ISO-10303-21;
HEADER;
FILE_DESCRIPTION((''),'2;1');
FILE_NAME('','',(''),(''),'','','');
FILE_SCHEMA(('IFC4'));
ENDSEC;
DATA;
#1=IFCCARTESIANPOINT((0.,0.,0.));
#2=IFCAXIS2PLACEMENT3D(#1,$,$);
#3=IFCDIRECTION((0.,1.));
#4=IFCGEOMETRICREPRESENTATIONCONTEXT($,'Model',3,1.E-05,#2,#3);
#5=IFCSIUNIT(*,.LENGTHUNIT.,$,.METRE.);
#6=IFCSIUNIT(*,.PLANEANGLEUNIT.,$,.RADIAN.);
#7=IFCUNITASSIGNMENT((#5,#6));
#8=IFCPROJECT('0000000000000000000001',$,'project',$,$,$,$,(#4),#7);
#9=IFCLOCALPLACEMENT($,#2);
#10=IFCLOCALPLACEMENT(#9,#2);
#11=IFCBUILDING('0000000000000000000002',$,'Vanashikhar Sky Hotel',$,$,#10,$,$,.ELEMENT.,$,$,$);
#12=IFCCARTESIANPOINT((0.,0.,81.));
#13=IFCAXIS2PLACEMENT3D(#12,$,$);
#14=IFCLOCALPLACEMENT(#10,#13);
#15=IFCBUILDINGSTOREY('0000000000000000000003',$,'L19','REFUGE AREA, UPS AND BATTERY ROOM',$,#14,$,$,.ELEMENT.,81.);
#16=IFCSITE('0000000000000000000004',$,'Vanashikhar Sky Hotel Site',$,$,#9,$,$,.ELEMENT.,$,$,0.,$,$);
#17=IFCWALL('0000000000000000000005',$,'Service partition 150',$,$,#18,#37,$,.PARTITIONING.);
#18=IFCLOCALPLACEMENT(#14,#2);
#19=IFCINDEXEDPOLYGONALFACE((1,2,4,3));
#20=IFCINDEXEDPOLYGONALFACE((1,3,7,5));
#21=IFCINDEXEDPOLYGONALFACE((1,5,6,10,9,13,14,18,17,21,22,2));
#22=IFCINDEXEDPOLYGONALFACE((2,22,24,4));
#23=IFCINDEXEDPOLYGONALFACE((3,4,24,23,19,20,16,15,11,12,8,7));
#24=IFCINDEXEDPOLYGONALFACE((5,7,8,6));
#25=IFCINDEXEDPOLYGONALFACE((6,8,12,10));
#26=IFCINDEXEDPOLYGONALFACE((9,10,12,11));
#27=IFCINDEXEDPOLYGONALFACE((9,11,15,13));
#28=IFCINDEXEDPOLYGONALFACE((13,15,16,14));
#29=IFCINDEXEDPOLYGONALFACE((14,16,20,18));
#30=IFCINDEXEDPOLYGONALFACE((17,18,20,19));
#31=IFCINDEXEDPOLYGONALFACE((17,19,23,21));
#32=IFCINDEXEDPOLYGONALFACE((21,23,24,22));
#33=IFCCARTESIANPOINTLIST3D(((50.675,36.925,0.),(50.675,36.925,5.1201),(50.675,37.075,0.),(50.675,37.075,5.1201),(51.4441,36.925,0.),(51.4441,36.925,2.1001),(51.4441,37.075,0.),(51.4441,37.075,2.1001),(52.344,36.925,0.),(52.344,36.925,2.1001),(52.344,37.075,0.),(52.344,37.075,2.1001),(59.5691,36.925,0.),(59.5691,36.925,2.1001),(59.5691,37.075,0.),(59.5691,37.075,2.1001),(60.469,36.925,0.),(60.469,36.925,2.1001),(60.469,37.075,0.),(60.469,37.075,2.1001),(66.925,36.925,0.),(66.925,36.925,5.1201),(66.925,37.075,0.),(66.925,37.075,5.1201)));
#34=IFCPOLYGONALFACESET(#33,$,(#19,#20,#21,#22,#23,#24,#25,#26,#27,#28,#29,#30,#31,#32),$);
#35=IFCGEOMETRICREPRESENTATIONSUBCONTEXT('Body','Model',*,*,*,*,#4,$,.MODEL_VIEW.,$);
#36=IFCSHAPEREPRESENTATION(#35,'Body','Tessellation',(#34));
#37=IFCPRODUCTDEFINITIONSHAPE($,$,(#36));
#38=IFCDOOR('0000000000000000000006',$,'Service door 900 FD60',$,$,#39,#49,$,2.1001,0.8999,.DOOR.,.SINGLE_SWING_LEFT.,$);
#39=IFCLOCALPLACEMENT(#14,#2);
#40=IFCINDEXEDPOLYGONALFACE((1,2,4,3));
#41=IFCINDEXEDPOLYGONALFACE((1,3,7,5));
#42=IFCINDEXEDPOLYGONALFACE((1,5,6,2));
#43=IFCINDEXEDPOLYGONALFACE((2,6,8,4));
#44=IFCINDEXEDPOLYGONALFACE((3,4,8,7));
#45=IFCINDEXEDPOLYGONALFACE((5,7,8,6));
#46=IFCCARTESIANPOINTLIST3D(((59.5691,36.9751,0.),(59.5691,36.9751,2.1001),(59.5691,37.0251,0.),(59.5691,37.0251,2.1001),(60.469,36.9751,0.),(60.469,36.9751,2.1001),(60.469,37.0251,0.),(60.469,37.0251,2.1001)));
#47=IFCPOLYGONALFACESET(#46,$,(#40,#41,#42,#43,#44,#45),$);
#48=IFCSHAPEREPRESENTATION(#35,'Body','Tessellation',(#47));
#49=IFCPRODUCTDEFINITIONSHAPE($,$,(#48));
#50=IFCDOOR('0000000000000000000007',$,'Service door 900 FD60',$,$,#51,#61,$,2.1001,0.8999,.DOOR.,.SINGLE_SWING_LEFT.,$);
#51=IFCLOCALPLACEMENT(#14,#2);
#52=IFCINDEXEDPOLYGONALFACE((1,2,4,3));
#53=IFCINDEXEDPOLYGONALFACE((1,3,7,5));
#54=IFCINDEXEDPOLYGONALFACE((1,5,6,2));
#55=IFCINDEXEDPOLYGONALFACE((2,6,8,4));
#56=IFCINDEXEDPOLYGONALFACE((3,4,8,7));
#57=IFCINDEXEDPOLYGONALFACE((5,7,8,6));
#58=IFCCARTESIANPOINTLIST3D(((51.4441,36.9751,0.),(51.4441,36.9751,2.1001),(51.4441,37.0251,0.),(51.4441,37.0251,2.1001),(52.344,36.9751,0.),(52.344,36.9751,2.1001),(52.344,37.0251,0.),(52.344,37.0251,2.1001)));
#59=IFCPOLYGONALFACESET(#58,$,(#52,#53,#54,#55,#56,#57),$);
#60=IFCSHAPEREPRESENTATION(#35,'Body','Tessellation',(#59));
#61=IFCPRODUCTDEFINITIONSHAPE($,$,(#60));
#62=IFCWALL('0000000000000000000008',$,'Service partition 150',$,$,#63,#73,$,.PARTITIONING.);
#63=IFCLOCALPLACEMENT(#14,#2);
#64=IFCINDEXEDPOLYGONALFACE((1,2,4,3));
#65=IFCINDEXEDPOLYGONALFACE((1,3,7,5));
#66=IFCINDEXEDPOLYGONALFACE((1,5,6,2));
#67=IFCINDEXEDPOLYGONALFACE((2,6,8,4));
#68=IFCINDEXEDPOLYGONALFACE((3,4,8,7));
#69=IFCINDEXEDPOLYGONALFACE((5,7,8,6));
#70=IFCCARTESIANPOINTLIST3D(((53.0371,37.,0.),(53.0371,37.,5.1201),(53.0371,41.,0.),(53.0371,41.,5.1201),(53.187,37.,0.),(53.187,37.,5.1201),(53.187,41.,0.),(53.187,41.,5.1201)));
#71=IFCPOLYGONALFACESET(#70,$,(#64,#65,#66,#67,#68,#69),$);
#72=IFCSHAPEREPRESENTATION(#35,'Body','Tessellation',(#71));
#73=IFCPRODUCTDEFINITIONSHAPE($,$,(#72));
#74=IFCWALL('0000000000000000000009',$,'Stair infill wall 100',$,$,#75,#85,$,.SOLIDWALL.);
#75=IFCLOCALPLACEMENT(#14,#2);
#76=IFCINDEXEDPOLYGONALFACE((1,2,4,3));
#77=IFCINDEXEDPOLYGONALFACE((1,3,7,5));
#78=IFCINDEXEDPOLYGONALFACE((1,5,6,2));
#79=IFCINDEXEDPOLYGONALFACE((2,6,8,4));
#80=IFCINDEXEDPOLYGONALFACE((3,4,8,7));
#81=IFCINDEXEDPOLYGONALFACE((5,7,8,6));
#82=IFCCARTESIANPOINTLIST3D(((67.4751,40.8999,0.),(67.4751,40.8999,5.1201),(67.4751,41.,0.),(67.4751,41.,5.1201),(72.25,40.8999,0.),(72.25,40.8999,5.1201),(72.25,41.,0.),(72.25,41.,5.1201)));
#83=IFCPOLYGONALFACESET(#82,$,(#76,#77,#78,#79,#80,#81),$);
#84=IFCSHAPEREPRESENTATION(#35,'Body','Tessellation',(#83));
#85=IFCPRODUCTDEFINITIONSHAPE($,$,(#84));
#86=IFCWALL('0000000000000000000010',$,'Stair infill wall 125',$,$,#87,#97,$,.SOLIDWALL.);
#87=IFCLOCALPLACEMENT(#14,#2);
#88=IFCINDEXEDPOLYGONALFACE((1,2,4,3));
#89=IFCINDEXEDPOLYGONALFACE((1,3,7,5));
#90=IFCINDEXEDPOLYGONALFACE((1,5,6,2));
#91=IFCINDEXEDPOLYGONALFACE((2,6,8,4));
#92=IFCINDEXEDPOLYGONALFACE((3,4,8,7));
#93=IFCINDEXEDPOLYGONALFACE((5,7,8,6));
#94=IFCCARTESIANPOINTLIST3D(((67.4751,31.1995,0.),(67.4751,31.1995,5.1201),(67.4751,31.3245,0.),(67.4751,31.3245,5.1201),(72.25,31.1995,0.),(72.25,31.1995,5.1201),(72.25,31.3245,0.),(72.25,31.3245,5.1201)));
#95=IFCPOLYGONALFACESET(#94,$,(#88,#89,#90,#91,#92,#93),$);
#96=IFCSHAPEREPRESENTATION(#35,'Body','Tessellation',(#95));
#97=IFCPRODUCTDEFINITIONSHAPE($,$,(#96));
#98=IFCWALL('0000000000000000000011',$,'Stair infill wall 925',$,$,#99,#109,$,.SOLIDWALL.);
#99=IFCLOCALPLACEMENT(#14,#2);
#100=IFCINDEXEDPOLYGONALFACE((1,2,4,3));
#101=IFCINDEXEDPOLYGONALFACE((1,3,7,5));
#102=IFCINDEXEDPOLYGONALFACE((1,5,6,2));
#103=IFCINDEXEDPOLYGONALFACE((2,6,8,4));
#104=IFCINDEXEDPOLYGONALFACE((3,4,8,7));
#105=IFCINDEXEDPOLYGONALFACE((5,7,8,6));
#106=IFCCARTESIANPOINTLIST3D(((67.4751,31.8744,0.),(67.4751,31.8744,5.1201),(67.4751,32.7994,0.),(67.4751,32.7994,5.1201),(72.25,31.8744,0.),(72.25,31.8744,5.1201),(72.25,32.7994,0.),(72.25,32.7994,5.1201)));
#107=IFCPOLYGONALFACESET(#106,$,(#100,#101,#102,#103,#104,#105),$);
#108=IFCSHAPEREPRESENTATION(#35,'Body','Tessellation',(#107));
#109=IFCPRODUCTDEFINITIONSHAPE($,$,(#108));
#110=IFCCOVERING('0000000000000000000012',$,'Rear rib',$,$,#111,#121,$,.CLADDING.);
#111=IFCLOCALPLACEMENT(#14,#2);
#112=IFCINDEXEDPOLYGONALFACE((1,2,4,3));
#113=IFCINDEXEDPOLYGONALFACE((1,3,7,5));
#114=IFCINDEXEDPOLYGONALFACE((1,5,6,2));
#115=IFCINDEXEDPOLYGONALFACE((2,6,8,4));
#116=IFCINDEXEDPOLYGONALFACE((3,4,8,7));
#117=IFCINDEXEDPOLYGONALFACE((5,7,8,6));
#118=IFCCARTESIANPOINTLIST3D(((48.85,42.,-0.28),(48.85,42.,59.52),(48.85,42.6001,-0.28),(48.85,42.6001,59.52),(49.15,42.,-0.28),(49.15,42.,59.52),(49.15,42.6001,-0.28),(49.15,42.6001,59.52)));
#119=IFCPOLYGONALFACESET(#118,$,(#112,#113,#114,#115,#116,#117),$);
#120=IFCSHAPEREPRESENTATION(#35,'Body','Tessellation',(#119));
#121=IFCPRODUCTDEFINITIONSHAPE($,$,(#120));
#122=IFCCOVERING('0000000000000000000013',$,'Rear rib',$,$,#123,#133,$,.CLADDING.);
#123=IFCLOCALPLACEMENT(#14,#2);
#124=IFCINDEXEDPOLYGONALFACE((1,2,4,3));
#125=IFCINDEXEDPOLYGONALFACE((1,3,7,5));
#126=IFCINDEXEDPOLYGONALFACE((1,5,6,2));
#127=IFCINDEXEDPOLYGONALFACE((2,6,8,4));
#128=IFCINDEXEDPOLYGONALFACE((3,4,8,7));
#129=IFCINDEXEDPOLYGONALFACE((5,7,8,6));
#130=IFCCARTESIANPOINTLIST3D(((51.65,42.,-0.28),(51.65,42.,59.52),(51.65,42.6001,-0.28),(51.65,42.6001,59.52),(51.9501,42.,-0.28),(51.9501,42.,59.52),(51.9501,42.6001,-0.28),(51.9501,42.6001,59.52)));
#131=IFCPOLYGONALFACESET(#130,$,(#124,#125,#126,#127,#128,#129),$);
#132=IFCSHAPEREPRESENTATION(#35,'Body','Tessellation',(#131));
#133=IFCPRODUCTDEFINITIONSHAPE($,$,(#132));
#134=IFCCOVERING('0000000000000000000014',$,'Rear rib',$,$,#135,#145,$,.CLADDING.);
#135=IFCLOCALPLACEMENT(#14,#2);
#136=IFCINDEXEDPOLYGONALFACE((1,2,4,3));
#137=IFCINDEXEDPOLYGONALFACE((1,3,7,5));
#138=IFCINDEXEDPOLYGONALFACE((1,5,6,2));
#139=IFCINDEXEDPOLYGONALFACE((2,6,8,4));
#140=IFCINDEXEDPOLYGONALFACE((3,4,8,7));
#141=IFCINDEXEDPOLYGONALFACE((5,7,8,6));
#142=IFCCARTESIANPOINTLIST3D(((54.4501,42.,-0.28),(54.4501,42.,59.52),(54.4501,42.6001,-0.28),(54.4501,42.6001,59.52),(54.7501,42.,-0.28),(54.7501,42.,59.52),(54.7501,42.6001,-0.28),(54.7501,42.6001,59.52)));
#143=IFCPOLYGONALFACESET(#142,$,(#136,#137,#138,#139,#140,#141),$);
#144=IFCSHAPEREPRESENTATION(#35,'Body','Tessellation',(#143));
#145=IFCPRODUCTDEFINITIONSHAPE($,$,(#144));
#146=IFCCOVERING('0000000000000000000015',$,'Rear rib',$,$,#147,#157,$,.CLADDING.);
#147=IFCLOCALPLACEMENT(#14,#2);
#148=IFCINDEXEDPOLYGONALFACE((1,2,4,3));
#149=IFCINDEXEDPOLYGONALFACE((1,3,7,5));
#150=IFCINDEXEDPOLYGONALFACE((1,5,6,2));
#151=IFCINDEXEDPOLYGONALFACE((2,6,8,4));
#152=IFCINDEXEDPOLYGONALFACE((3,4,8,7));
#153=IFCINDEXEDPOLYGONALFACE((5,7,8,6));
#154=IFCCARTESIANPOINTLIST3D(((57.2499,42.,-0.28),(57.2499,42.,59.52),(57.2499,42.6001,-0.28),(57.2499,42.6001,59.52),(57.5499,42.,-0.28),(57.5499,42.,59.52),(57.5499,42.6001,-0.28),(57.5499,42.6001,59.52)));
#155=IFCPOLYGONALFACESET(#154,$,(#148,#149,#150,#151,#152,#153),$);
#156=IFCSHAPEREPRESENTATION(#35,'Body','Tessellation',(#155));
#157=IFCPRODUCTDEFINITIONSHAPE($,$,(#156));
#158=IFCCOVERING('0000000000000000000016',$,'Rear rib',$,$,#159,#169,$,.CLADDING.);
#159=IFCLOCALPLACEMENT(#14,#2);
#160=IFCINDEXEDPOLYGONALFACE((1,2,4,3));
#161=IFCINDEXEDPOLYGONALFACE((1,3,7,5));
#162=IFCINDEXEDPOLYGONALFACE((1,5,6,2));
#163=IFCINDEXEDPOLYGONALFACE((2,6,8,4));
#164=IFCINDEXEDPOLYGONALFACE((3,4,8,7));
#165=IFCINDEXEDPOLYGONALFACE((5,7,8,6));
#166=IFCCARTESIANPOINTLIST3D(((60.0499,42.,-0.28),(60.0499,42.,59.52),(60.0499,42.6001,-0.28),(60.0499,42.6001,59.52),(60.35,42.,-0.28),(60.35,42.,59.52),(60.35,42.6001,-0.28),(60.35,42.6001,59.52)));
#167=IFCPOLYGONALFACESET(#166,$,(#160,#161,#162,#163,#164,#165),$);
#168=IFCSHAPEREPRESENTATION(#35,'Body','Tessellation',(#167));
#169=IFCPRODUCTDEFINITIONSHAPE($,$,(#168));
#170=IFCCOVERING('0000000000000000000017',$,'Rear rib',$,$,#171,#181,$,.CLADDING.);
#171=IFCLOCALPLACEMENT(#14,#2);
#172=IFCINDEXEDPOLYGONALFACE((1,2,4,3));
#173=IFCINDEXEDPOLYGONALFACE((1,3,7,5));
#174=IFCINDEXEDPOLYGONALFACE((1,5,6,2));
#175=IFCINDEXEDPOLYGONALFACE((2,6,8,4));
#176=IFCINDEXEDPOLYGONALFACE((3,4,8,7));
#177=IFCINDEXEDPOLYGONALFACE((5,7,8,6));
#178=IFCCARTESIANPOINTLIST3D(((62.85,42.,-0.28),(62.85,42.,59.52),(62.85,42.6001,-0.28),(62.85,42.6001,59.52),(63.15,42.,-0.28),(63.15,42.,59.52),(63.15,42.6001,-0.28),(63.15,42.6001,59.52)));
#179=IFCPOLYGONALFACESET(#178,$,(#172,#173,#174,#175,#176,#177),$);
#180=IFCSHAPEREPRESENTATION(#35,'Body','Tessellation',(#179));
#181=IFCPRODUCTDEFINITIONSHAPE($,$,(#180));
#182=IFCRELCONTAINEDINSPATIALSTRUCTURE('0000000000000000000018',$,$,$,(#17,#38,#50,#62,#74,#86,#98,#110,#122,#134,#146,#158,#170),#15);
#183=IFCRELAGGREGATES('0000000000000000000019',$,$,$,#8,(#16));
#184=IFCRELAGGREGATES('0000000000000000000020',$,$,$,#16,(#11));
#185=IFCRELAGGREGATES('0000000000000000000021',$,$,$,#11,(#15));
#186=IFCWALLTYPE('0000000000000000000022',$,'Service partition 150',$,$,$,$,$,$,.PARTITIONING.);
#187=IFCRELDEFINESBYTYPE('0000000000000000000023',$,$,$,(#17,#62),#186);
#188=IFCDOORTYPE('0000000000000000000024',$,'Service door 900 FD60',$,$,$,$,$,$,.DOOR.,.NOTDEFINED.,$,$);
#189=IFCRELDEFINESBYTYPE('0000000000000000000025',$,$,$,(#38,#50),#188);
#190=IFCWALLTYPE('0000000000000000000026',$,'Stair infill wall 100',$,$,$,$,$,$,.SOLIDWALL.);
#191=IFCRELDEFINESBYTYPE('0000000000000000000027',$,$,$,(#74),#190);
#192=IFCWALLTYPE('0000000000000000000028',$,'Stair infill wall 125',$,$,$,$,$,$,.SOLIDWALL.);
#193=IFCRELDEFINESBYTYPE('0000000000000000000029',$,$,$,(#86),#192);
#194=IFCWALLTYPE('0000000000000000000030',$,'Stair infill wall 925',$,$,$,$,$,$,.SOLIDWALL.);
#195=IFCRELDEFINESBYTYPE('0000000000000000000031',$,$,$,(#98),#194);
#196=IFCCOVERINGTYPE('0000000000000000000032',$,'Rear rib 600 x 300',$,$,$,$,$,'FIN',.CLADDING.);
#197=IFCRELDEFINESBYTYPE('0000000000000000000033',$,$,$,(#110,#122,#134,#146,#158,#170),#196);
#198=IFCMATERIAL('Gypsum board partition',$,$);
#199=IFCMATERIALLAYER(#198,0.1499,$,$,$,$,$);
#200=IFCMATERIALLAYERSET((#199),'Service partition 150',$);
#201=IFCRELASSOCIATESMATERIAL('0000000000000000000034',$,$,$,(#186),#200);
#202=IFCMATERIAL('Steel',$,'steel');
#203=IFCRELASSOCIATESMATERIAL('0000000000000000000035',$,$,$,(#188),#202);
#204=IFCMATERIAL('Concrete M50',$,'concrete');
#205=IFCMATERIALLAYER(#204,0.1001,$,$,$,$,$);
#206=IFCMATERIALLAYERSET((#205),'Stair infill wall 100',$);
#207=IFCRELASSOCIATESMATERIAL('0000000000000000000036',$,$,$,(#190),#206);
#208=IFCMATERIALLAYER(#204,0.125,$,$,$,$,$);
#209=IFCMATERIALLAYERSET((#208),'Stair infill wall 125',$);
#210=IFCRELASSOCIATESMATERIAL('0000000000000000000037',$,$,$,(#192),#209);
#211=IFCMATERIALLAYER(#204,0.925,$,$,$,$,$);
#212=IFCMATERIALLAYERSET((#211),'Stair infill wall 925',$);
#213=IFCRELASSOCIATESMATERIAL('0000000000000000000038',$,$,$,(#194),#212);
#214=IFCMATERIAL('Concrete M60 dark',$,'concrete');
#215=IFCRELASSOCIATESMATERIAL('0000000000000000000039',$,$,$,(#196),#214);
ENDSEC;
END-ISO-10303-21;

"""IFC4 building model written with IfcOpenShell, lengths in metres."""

from ifc_helpers import new_model, si_unit, direction, frame, frame_2d, origin, origin_2d, place, context, subcontext, project, spatial, rectangle, extrude, source, transform, mapped, material, layer, layer_set, material_profile, profile_set, type_object, element, fill, save


model = new_model("IFC4")

# Units and contexts
model_context = context("Model", 3, precision=1e-05, world=origin(), true_north=direction((0.0, 1.0)))
body_context = subcontext(model_context, "Body", "Model", "MODEL_VIEW")
ifc_project = project(units=[si_unit("LENGTHUNIT", "METRE"), si_unit("PLANEANGLEUNIT", "RADIAN")], contexts=[model_context])

# Site, building, storey
site_placement = place(None, origin())
site = spatial("IfcSite", under=ifc_project, at=site_placement, Name="Vanashikhar Sky Hotel Site", CompositionType="ELEMENT", RefElevation=0.0)
building_placement = place(site_placement, origin())
building = spatial("IfcBuilding", under=site, at=building_placement, Name="Vanashikhar Sky Hotel", CompositionType="ELEMENT")
storey_placement = place(building_placement, frame((0.0, 0.0, 81.0)))
storey = spatial("IfcBuildingStorey", under=building, at=storey_placement, Name="L19", Description="REFUGE AREA, UPS AND BATTERY ROOM", CompositionType="ELEMENT", Elevation=81.0)

# Shared definitions
ifc_material_1 = material(Name="Steel", Category="steel")

# Shared definitions
ifc_material_2 = material(Name="Gypsum board partition")
ifc_layer_1 = layer(ifc_material_2, 0.1499)
ifc_layer_set_1 = layer_set([ifc_layer_1], Name="Service partition 150")
wall_type_1 = type_object("IfcWallType", Name="Service partition 150", PredefinedType="PARTITIONING", material=ifc_layer_set_1)

# Wall, openings, doors
shared_shape_1 = source(origin(), body_context, "Body", "SweptSolid", [
    extrude(rectangle(XDim=0.8999, YDim=2.1001, at=frame_2d((0.45, 1.05))), frame((0.0, 0.085, 0.0), z_axis=(0.0, -1.0, 0.0), x_axis=(1.0, 0.0, 0.0)), (0.0, 0.0, 1.0), 0.1699),
])
door_type_1 = type_object("IfcDoorType", Name="Service door 900 FD60", OperationType="NOTDEFINED", PredefinedType="DOOR", material=ifc_material_1)
shared_shape_2 = source(origin(), body_context, "Body", "SweptSolid", [
    extrude(rectangle(XDim=0.8999, YDim=2.1001, at=frame_2d((0.45, 1.05))), frame((0.0, 0.0249, 0.0), z_axis=(0.0, -1.0, 0.0), x_axis=(1.0, 0.0, 0.0)), (0.0, 0.0, 1.0), 0.05),
])
shared_shape_3 = source(origin(), body_context, "Body", "SweptSolid", [
    extrude(rectangle(XDim=16.25, YDim=0.1499, at=frame_2d((8.125, 0.0))), origin(), (0.0, 0.0, 1.0), 5.1201),
])
wall_1_placement = place(storey_placement, frame((66.925, 37.0, 0.0), z_axis=(0.0, 0.0, 1.0), x_axis=(-1.0, 0.0, 0.0)))
wall_1 = element("IfcWall", 1, at=wall_1_placement, inside=storey, type_object=wall_type_1, Name="Service partition 150", PredefinedType="PARTITIONING", context=body_context, shape_type="MappedRepresentation", body=[
    mapped(shared_shape_3, transform((0.0, 0.0, 0.0), scale=1.0)),
])
opening_1_placement = place(wall_1_placement, frame((6.4561, 0.0, 0.0)))
opening_1 = element("IfcOpeningElement", 2, at=opening_1_placement, cuts=wall_1, PredefinedType="OPENING", context=body_context, shape_type="MappedRepresentation", body=[
    mapped(shared_shape_1, transform((0.0, 0.0, 0.0), scale=1.0)),
])
opening_2_placement = place(wall_1_placement, frame((14.5811, 0.0, 0.0)))
opening_2 = element("IfcOpeningElement", 3, at=opening_2_placement, cuts=wall_1, PredefinedType="OPENING", context=body_context, shape_type="MappedRepresentation", body=[
    mapped(shared_shape_1, transform((0.0, 0.0, 0.0), scale=1.0)),
])
door_1_placement = place(opening_1_placement, origin())
door_1 = element("IfcDoor", 4, at=door_1_placement, inside=storey, type_object=door_type_1, Name="Service door 900 FD60", OperationType="SINGLE_SWING_LEFT", OverallHeight=2.1001, OverallWidth=0.8999, PredefinedType="DOOR", context=body_context, shape_type="MappedRepresentation", body=[
    mapped(shared_shape_2, transform((0.0, 0.0, 0.0), scale=1.0)),
])
fill(opening_1, door_1)
door_2_placement = place(opening_2_placement, origin())
door_2 = element("IfcDoor", 5, at=door_2_placement, inside=storey, type_object=door_type_1, Name="Service door 900 FD60", OperationType="SINGLE_SWING_LEFT", OverallHeight=2.1001, OverallWidth=0.8999, PredefinedType="DOOR", context=body_context, shape_type="MappedRepresentation", body=[
    mapped(shared_shape_2, transform((0.0, 0.0, 0.0), scale=1.0)),
])
fill(opening_2, door_2)

# Walls
shared_shape_4 = source(origin(), body_context, "Body", "SweptSolid", [
    extrude(rectangle(XDim=4.0, YDim=0.1499, at=frame_2d((2.0, 0.0))), origin(), (0.0, 0.0, 1.0), 5.1201),
])
wall_2_placement = place(storey_placement, frame((53.1121, 37.0, 0.0), z_axis=(0.0, 0.0, 1.0), x_axis=(0.0, 1.0, 0.0)))
element("IfcWall", 6, at=wall_2_placement, inside=storey, type_object=wall_type_1, Name="Service partition 150", PredefinedType="PARTITIONING", context=body_context, shape_type="MappedRepresentation", body=[
    mapped(shared_shape_4, transform((0.0, 0.0, 0.0), scale=1.0)),
])
ifc_material_3 = material(Name="Concrete M50", Category="concrete")
ifc_layer_2 = layer(ifc_material_3, 0.1001)
ifc_layer_set_2 = layer_set([ifc_layer_2], Name="Stair infill wall 100")
wall_type_2 = type_object("IfcWallType", Name="Stair infill wall 100", PredefinedType="SOLIDWALL", material=ifc_layer_set_2)
shared_shape_5 = source(origin(), body_context, "Body", "SweptSolid", [
    extrude(rectangle(XDim=4.7749, YDim=0.1001, at=frame_2d((2.3875, 0.0))), origin(), (0.0, 0.0, 1.0), 5.1201),
])
wall_3_placement = place(storey_placement, frame((67.4751, 40.95, 0.0), z_axis=(0.0, 0.0, 1.0), x_axis=(1.0, 0.0, 0.0)))
element("IfcWall", 7, at=wall_3_placement, inside=storey, type_object=wall_type_2, Name="Stair infill wall 100", PredefinedType="SOLIDWALL", context=body_context, shape_type="MappedRepresentation", body=[
    mapped(shared_shape_5, transform((0.0, 0.0, 0.0), scale=1.0)),
])
ifc_layer_3 = layer(ifc_material_3, 0.125)
ifc_layer_set_3 = layer_set([ifc_layer_3], Name="Stair infill wall 125")
wall_type_3 = type_object("IfcWallType", Name="Stair infill wall 125", PredefinedType="SOLIDWALL", material=ifc_layer_set_3)
shared_shape_6 = source(origin(), body_context, "Body", "SweptSolid", [
    extrude(rectangle(XDim=4.7749, YDim=0.125, at=frame_2d((2.3875, 0.0))), origin(), (0.0, 0.0, 1.0), 5.1201),
])
wall_4_placement = place(storey_placement, frame((67.4751, 31.262, 0.0), z_axis=(0.0, 0.0, 1.0), x_axis=(1.0, 0.0, 0.0)))
element("IfcWall", 8, at=wall_4_placement, inside=storey, type_object=wall_type_3, Name="Stair infill wall 125", PredefinedType="SOLIDWALL", context=body_context, shape_type="MappedRepresentation", body=[
    mapped(shared_shape_6, transform((0.0, 0.0, 0.0), scale=1.0)),
])
ifc_layer_4 = layer(ifc_material_3, 0.925)
ifc_layer_set_4 = layer_set([ifc_layer_4], Name="Stair infill wall 925")
wall_type_4 = type_object("IfcWallType", Name="Stair infill wall 925", PredefinedType="SOLIDWALL", material=ifc_layer_set_4)
shared_shape_7 = source(origin(), body_context, "Body", "SweptSolid", [
    extrude(rectangle(XDim=4.7749, YDim=0.925, at=frame_2d((2.3875, 0.0))), origin(), (0.0, 0.0, 1.0), 5.1201),
])
wall_5_placement = place(storey_placement, frame((67.4751, 32.3369, 0.0), z_axis=(0.0, 0.0, 1.0), x_axis=(1.0, 0.0, 0.0)))
element("IfcWall", 9, at=wall_5_placement, inside=storey, type_object=wall_type_4, Name="Stair infill wall 925", PredefinedType="SOLIDWALL", context=body_context, shape_type="MappedRepresentation", body=[
    mapped(shared_shape_7, transform((0.0, 0.0, 0.0), scale=1.0)),
])

# Coverings
ifc_material_4 = material(Name="Concrete M60 dark", Category="concrete")
ifc_material_profile = material_profile(ifc_material_4, rectangle(XDim=0.6001, YDim=0.3, at=origin_2d()))
ifc_profile_set = profile_set([ifc_material_profile], Name="Rear rib 600 x 300")
covering_type = type_object("IfcCoveringType", Name="Rear rib 600 x 300", ElementType="FIN", PredefinedType="CLADDING", material=ifc_profile_set)
shared_shape_8 = source(origin(), body_context, "Body", "SweptSolid", [
    extrude(rectangle(XDim=0.6001, YDim=0.3, at=origin_2d()), origin(), (0.0, 0.0, 1.0), 59.8),
])
for number, where, z_axis, x_axis, name in (
    (10, (49.0, 42.3, -0.28), (0.0, 0.0, 1.0), (0.0, 1.0, 0.0), "Rear rib"),
    (11, (51.8, 42.3, -0.28), (0.0, 0.0, 1.0), (0.0, 1.0, 0.0), "Rear rib"),
    (12, (54.6001, 42.3, -0.28), (0.0, 0.0, 1.0), (0.0, 1.0, 0.0), "Rear rib"),
    (13, (57.3999, 42.3, -0.28), (0.0, 0.0, 1.0), (0.0, 1.0, 0.0), "Rear rib"),
    (14, (60.2, 42.3, -0.28), (0.0, 0.0, 1.0), (0.0, 1.0, 0.0), "Rear rib"),
    (15, (63.0, 42.3, -0.28), (0.0, 0.0, 1.0), (0.0, 1.0, 0.0), "Rear rib"),
):
    element("IfcCovering", number, at=place(storey_placement, frame(where, z_axis=z_axis, x_axis=x_axis)), inside=storey, type_object=covering_type, Name=name, PredefinedType="CLADDING", context=body_context, shape_type="MappedRepresentation", body=[
        mapped(shared_shape_8, transform((0.0, 0.0, 0.0), scale=1.0)),
    ])

save(model, "model.ifc")
